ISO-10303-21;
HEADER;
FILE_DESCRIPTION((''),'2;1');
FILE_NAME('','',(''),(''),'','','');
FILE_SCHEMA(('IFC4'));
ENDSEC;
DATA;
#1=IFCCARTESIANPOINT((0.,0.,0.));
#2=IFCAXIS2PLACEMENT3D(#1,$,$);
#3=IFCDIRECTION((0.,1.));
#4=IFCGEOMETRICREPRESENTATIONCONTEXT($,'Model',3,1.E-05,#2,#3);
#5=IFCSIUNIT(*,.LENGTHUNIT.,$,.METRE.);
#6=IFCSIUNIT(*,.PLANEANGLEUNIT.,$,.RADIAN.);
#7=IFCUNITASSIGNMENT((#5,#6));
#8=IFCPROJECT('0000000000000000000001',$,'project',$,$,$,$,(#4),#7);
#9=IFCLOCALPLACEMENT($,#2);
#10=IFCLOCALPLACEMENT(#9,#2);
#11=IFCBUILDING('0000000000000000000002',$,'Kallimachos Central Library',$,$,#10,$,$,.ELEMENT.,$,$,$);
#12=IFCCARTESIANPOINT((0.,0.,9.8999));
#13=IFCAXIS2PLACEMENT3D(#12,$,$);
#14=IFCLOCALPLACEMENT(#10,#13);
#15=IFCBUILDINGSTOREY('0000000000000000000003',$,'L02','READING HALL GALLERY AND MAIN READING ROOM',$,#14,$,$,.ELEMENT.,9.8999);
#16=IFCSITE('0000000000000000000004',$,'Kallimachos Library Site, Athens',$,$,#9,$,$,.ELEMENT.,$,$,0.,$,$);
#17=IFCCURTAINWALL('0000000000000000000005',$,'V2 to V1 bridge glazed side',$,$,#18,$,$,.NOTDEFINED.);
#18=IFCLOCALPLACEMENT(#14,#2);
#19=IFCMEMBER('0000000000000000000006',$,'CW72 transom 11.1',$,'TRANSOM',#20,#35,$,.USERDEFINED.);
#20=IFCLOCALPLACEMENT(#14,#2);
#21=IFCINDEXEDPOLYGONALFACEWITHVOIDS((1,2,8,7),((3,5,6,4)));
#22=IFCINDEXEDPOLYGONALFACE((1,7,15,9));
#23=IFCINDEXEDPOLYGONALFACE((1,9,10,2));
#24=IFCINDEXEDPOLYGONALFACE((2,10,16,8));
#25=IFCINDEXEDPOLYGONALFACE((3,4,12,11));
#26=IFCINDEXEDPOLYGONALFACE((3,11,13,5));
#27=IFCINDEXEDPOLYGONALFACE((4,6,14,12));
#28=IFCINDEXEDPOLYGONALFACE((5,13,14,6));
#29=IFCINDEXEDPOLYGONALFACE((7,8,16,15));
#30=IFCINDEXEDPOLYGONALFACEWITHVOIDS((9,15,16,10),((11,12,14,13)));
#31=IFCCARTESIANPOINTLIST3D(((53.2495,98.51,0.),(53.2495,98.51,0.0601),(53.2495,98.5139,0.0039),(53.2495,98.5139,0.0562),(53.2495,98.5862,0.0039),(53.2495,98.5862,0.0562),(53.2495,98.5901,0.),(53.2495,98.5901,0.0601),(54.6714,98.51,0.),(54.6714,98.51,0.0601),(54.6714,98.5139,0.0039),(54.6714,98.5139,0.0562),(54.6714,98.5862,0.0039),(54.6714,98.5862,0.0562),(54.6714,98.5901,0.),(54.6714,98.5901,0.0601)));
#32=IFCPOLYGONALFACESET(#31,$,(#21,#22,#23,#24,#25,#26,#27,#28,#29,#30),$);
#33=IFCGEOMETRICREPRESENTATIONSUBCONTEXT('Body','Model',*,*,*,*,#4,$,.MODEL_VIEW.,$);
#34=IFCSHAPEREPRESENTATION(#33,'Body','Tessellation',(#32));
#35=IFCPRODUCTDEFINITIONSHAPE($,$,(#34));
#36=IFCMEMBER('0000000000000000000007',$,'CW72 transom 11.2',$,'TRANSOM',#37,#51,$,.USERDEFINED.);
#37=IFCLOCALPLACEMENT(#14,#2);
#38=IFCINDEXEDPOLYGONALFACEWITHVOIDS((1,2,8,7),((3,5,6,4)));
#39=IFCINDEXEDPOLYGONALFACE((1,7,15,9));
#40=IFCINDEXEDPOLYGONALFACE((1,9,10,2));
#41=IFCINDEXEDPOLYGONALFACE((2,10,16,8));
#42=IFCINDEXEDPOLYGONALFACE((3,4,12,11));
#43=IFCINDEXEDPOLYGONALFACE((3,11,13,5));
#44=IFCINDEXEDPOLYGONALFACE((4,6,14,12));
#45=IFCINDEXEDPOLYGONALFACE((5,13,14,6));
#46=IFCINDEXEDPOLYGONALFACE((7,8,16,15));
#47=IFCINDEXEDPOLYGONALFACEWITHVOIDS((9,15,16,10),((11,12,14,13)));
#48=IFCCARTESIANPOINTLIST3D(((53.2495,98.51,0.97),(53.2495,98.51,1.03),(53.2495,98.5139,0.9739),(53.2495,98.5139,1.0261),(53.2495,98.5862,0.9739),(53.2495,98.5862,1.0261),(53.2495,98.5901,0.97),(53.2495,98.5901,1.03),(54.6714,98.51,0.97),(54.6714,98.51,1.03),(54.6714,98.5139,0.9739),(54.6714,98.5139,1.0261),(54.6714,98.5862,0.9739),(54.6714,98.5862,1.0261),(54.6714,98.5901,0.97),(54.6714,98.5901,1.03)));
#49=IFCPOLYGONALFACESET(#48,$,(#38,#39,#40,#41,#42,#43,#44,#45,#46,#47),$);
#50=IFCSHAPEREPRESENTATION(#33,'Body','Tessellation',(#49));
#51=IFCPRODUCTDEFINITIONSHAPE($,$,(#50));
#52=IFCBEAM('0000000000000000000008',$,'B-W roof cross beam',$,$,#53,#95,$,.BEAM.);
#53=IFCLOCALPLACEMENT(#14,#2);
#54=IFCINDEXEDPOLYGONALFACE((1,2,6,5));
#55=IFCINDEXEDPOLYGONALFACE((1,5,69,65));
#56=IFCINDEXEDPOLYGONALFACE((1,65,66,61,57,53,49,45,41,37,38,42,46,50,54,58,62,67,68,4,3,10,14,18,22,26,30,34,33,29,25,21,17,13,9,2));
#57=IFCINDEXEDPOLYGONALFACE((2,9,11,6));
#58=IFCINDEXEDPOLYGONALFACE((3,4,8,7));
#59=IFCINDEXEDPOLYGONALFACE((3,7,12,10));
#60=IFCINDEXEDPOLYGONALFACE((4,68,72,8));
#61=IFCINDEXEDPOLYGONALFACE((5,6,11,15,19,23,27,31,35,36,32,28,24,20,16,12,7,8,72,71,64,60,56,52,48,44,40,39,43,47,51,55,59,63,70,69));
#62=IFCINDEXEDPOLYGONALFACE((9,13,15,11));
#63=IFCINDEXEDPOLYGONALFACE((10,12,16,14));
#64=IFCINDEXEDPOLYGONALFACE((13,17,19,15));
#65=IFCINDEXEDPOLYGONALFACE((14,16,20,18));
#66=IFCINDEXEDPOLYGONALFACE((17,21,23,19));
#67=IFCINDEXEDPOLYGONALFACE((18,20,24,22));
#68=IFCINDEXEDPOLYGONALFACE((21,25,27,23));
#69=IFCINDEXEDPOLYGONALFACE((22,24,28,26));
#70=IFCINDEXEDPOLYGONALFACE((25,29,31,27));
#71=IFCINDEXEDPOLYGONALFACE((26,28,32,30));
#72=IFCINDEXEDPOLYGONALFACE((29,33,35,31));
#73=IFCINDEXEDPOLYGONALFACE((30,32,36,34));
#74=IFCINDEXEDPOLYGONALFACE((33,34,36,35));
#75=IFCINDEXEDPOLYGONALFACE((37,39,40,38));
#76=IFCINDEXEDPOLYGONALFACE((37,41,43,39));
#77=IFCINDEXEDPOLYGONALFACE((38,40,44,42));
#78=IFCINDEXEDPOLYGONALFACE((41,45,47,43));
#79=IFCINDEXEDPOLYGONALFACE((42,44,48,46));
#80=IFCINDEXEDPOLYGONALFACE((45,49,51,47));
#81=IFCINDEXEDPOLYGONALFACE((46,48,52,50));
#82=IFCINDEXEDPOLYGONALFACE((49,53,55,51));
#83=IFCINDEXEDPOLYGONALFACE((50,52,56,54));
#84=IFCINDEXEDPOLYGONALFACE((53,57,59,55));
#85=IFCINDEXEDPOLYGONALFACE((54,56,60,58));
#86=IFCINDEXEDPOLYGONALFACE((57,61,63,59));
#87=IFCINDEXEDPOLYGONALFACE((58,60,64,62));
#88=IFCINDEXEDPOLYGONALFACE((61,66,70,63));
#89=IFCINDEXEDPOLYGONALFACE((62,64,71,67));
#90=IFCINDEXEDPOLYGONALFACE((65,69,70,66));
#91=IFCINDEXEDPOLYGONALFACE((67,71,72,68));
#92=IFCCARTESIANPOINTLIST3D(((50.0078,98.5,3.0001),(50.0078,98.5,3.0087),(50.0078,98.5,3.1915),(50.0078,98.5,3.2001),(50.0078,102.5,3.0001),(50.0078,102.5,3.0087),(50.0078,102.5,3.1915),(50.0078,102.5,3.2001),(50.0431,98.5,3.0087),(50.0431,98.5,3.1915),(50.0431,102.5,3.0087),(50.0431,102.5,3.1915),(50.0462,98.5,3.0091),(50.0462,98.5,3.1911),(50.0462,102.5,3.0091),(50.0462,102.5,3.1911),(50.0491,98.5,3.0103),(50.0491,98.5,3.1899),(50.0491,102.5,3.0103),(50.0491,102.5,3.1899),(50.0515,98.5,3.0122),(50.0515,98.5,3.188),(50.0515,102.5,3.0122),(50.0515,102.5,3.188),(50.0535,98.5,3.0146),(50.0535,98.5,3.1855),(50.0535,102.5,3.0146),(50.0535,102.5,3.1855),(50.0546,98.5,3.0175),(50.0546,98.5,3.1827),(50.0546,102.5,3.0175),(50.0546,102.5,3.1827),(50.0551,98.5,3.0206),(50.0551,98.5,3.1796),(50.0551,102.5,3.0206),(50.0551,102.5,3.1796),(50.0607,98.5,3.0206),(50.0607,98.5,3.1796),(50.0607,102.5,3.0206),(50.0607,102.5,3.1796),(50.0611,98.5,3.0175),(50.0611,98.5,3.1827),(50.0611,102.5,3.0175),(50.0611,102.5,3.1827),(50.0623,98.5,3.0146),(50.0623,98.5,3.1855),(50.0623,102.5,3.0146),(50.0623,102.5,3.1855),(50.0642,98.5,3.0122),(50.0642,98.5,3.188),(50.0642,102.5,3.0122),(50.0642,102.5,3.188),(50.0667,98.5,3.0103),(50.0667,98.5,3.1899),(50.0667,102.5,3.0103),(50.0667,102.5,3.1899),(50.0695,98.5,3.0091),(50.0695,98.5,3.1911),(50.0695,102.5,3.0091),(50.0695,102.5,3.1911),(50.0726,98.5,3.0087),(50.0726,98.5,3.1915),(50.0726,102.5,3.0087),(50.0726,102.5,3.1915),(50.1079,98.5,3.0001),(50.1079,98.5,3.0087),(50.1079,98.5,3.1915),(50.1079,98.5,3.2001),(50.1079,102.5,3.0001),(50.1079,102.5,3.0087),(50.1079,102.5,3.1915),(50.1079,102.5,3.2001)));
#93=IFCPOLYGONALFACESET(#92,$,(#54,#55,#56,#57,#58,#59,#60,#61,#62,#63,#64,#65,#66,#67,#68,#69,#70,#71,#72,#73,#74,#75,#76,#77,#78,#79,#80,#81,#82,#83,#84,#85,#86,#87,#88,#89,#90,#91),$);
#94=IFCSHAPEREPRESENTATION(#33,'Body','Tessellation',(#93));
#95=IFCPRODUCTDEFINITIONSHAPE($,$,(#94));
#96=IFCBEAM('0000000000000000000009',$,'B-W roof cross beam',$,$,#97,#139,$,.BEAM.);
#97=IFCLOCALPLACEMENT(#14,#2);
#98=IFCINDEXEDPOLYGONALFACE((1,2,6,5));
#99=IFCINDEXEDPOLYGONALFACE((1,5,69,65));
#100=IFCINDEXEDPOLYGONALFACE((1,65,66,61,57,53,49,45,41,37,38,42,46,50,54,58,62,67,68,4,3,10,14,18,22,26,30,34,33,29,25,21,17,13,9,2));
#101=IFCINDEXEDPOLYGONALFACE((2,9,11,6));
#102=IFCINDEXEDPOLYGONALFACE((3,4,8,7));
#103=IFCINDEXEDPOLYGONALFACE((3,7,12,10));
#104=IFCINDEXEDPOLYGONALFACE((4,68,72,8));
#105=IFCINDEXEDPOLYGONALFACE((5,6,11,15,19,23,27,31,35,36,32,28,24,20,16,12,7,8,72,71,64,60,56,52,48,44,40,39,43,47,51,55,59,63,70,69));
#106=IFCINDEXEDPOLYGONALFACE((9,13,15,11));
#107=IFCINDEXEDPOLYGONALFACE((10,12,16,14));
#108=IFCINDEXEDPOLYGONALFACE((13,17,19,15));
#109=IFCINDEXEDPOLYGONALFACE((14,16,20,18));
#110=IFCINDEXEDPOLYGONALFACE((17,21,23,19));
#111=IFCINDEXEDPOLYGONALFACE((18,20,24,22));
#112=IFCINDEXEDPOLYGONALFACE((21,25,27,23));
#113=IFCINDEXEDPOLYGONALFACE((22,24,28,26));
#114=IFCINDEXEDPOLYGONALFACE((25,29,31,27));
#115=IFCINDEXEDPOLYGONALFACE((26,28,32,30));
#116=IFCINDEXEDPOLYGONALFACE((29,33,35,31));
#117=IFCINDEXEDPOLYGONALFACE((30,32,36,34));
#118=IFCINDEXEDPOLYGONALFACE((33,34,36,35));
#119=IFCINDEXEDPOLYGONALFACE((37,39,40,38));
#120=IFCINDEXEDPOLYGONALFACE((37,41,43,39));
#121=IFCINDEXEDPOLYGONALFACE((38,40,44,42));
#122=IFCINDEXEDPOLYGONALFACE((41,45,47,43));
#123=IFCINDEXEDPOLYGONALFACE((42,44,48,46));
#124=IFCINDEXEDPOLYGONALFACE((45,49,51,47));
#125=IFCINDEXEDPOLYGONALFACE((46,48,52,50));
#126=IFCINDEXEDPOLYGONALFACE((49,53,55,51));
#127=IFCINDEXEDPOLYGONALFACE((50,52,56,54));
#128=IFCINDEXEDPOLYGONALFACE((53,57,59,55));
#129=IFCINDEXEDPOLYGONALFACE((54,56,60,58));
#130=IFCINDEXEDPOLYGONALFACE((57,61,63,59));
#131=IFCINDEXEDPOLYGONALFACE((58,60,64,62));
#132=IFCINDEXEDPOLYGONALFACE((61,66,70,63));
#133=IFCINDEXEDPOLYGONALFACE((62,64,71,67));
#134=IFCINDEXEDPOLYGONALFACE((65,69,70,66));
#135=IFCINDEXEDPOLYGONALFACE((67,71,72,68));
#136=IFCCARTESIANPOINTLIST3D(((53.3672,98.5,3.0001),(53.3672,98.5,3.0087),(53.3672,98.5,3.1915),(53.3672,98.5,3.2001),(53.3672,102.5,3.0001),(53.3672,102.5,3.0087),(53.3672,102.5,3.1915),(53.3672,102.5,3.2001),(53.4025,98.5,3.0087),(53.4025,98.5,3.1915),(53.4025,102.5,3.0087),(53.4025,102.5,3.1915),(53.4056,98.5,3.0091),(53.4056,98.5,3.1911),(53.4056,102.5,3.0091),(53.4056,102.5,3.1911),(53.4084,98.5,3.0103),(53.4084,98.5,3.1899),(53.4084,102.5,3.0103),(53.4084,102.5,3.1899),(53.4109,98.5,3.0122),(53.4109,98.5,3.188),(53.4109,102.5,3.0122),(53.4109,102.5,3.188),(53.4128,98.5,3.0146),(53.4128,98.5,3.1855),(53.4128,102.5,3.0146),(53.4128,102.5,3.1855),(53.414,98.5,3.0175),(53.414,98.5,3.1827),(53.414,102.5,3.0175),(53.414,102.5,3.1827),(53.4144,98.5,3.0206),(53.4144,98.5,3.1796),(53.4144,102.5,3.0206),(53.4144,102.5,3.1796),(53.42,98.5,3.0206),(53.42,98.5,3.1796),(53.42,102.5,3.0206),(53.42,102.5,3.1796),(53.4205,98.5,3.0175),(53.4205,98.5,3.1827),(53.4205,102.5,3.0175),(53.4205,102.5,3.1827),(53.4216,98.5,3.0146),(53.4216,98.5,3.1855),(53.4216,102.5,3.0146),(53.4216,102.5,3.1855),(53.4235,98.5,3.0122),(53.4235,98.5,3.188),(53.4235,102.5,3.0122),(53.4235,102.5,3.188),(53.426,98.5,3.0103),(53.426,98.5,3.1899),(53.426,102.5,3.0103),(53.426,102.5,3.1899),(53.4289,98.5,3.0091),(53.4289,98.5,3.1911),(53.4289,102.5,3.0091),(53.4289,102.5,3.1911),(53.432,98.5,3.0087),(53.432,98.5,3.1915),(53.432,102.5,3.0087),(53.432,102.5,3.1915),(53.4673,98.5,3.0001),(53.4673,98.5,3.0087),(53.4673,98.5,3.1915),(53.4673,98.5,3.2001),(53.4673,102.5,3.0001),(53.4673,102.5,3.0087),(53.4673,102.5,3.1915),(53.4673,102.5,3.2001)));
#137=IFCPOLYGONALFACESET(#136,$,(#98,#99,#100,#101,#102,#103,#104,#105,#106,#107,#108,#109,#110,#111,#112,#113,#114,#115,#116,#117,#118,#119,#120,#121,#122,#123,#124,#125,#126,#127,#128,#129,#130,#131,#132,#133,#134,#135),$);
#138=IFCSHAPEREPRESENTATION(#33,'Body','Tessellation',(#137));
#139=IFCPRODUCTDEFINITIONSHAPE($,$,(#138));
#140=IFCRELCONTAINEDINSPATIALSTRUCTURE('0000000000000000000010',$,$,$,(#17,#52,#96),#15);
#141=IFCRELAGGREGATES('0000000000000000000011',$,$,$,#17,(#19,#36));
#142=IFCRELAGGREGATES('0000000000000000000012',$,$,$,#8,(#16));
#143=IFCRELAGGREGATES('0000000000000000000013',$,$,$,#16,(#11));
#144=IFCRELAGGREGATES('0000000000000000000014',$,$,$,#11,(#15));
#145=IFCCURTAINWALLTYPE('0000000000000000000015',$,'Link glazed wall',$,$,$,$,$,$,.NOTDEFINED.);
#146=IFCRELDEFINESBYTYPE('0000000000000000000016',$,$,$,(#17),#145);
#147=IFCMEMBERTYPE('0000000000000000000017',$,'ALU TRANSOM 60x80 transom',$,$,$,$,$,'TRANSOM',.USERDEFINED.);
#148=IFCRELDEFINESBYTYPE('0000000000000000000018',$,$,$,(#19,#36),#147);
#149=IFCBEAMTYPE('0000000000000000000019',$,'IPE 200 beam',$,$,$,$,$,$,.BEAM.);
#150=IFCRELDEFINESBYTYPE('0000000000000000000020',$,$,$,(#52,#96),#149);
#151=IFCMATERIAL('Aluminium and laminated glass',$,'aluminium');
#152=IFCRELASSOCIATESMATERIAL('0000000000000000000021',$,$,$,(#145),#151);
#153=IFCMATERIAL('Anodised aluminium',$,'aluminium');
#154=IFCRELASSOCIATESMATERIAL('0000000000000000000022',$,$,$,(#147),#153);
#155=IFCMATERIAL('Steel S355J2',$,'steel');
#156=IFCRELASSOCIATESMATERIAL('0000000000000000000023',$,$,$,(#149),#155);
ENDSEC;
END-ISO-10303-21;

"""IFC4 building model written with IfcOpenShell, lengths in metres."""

from ifc_helpers import new_model, si_unit, direction, frame, origin, origin_2d, place, context, subcontext, project, spatial, hollow_rectangle, i_section, extrude, material, material_profile, profile_set, type_object, element, aggregate, save


model = new_model("IFC4")

# Units and contexts
model_context = context("Model", 3, precision=1e-05, world=origin(), true_north=direction((0.0, 1.0)))
body_context = subcontext(model_context, "Body", "Model", "MODEL_VIEW")
ifc_project = project(units=[si_unit("LENGTHUNIT", "METRE"), si_unit("PLANEANGLEUNIT", "RADIAN")], contexts=[model_context])

# Site, building, storey
site_placement = place(None, origin())
site = spatial("IfcSite", under=ifc_project, at=site_placement, Name="Kallimachos Library Site, Athens", CompositionType="ELEMENT", RefElevation=0.0)
building_placement = place(site_placement, origin())
building = spatial("IfcBuilding", under=site, at=building_placement, Name="Kallimachos Central Library", CompositionType="ELEMENT")
storey_placement = place(building_placement, frame((0.0, 0.0, 9.8999)))
storey = spatial("IfcBuildingStorey", under=building, at=storey_placement, Name="L02", Description="READING HALL GALLERY AND MAIN READING ROOM", CompositionType="ELEMENT", Elevation=9.8999)

# Curtain wall, members
ifc_material_1 = material(Name="Aluminium and laminated glass", Category="aluminium")
curtain_wall_type = type_object("IfcCurtainWallType", Name="Link glazed wall", PredefinedType="NOTDEFINED", material=ifc_material_1)
curtain_wall_placement = place(storey_placement, origin())
curtain_wall = element("IfcCurtainWall", 1, at=curtain_wall_placement, inside=storey, type_object=curtain_wall_type, Name="V2 to V1 bridge glazed side", PredefinedType="NOTDEFINED")
ifc_material_2 = material(Name="Anodised aluminium", Category="aluminium")
ifc_material_profile_1 = material_profile(ifc_material_2, hollow_rectangle(XDim=0.0601, YDim=0.0801, WallThickness=0.0039, at=origin_2d()), Name="ALU TRANSOM 60x80")
ifc_profile_set_1 = profile_set([ifc_material_profile_1], Name="Anodised aluminium")
member_type_1 = type_object("IfcMemberType", Name="ALU TRANSOM 60x80 transom", ElementType="TRANSOM", PredefinedType="USERDEFINED", material=ifc_profile_set_1)
member_1_placement = place(storey_placement, frame((53.2495, 98.55, 0.03), z_axis=(1.0, 0.0, 0.0), x_axis=(0.0, 0.0, 1.0)))
member_1 = element("IfcMember", 2, at=member_1_placement, type_object=member_type_1, Name="CW72 transom 11.1", ObjectType="TRANSOM", PredefinedType="USERDEFINED", context=body_context, shape_type="SweptSolid", body=[
    extrude(hollow_rectangle(XDim=0.0601, YDim=0.0801, WallThickness=0.0039, at=origin_2d()), origin(), (0.0, 0.0, 1.0), 1.4219),
])
member_2_placement = place(storey_placement, frame((53.2495, 98.55, 1.0), z_axis=(1.0, 0.0, 0.0), x_axis=(0.0, 0.0, 1.0)))
member_2 = element("IfcMember", 3, at=member_2_placement, type_object=member_type_1, Name="CW72 transom 11.2", ObjectType="TRANSOM", PredefinedType="USERDEFINED", context=body_context, shape_type="SweptSolid", body=[
    extrude(hollow_rectangle(XDim=0.0601, YDim=0.0801, WallThickness=0.0039, at=origin_2d()), origin(), (0.0, 0.0, 1.0), 1.4219),
])

# Beams
ifc_material_3 = material(Name="Steel S355J2", Category="steel")
ifc_material_profile_2 = material_profile(ifc_material_3, i_section(OverallWidth=0.1001, OverallDepth=0.2, WebThickness=0.0056, FlangeThickness=0.0085, FilletRadius=0.012, at=origin_2d()), Name="IPE 200")
ifc_profile_set_2 = profile_set([ifc_material_profile_2], Name="Steel S355J2")
beam_type = type_object("IfcBeamType", Name="IPE 200 beam", PredefinedType="BEAM", material=ifc_profile_set_2)
for number, where, z_axis, x_axis, name in (
    (4, (50.0579, 98.5, 3.1001), (0.0, 1.0, 0.0), (-1.0, 0.0, 0.0), "B-W roof cross beam"),
    (5, (53.4172, 98.5, 3.1001), (0.0, 1.0, 0.0), (-1.0, 0.0, 0.0), "B-W roof cross beam"),
):
    element("IfcBeam", number, at=place(storey_placement, frame(where, z_axis=z_axis, x_axis=x_axis)), inside=storey, type_object=beam_type, Name=name, PredefinedType="BEAM", context=body_context, shape_type="SweptSolid", body=[
        extrude(i_section(OverallWidth=0.1001, OverallDepth=0.2, WebThickness=0.0056, FlangeThickness=0.0085, FilletRadius=0.012, at=origin_2d()), origin(), (0.0, 0.0, 1.0), 4.0),
    ])

aggregate(curtain_wall, [member_1, member_2])

save(model, "model.ifc")
